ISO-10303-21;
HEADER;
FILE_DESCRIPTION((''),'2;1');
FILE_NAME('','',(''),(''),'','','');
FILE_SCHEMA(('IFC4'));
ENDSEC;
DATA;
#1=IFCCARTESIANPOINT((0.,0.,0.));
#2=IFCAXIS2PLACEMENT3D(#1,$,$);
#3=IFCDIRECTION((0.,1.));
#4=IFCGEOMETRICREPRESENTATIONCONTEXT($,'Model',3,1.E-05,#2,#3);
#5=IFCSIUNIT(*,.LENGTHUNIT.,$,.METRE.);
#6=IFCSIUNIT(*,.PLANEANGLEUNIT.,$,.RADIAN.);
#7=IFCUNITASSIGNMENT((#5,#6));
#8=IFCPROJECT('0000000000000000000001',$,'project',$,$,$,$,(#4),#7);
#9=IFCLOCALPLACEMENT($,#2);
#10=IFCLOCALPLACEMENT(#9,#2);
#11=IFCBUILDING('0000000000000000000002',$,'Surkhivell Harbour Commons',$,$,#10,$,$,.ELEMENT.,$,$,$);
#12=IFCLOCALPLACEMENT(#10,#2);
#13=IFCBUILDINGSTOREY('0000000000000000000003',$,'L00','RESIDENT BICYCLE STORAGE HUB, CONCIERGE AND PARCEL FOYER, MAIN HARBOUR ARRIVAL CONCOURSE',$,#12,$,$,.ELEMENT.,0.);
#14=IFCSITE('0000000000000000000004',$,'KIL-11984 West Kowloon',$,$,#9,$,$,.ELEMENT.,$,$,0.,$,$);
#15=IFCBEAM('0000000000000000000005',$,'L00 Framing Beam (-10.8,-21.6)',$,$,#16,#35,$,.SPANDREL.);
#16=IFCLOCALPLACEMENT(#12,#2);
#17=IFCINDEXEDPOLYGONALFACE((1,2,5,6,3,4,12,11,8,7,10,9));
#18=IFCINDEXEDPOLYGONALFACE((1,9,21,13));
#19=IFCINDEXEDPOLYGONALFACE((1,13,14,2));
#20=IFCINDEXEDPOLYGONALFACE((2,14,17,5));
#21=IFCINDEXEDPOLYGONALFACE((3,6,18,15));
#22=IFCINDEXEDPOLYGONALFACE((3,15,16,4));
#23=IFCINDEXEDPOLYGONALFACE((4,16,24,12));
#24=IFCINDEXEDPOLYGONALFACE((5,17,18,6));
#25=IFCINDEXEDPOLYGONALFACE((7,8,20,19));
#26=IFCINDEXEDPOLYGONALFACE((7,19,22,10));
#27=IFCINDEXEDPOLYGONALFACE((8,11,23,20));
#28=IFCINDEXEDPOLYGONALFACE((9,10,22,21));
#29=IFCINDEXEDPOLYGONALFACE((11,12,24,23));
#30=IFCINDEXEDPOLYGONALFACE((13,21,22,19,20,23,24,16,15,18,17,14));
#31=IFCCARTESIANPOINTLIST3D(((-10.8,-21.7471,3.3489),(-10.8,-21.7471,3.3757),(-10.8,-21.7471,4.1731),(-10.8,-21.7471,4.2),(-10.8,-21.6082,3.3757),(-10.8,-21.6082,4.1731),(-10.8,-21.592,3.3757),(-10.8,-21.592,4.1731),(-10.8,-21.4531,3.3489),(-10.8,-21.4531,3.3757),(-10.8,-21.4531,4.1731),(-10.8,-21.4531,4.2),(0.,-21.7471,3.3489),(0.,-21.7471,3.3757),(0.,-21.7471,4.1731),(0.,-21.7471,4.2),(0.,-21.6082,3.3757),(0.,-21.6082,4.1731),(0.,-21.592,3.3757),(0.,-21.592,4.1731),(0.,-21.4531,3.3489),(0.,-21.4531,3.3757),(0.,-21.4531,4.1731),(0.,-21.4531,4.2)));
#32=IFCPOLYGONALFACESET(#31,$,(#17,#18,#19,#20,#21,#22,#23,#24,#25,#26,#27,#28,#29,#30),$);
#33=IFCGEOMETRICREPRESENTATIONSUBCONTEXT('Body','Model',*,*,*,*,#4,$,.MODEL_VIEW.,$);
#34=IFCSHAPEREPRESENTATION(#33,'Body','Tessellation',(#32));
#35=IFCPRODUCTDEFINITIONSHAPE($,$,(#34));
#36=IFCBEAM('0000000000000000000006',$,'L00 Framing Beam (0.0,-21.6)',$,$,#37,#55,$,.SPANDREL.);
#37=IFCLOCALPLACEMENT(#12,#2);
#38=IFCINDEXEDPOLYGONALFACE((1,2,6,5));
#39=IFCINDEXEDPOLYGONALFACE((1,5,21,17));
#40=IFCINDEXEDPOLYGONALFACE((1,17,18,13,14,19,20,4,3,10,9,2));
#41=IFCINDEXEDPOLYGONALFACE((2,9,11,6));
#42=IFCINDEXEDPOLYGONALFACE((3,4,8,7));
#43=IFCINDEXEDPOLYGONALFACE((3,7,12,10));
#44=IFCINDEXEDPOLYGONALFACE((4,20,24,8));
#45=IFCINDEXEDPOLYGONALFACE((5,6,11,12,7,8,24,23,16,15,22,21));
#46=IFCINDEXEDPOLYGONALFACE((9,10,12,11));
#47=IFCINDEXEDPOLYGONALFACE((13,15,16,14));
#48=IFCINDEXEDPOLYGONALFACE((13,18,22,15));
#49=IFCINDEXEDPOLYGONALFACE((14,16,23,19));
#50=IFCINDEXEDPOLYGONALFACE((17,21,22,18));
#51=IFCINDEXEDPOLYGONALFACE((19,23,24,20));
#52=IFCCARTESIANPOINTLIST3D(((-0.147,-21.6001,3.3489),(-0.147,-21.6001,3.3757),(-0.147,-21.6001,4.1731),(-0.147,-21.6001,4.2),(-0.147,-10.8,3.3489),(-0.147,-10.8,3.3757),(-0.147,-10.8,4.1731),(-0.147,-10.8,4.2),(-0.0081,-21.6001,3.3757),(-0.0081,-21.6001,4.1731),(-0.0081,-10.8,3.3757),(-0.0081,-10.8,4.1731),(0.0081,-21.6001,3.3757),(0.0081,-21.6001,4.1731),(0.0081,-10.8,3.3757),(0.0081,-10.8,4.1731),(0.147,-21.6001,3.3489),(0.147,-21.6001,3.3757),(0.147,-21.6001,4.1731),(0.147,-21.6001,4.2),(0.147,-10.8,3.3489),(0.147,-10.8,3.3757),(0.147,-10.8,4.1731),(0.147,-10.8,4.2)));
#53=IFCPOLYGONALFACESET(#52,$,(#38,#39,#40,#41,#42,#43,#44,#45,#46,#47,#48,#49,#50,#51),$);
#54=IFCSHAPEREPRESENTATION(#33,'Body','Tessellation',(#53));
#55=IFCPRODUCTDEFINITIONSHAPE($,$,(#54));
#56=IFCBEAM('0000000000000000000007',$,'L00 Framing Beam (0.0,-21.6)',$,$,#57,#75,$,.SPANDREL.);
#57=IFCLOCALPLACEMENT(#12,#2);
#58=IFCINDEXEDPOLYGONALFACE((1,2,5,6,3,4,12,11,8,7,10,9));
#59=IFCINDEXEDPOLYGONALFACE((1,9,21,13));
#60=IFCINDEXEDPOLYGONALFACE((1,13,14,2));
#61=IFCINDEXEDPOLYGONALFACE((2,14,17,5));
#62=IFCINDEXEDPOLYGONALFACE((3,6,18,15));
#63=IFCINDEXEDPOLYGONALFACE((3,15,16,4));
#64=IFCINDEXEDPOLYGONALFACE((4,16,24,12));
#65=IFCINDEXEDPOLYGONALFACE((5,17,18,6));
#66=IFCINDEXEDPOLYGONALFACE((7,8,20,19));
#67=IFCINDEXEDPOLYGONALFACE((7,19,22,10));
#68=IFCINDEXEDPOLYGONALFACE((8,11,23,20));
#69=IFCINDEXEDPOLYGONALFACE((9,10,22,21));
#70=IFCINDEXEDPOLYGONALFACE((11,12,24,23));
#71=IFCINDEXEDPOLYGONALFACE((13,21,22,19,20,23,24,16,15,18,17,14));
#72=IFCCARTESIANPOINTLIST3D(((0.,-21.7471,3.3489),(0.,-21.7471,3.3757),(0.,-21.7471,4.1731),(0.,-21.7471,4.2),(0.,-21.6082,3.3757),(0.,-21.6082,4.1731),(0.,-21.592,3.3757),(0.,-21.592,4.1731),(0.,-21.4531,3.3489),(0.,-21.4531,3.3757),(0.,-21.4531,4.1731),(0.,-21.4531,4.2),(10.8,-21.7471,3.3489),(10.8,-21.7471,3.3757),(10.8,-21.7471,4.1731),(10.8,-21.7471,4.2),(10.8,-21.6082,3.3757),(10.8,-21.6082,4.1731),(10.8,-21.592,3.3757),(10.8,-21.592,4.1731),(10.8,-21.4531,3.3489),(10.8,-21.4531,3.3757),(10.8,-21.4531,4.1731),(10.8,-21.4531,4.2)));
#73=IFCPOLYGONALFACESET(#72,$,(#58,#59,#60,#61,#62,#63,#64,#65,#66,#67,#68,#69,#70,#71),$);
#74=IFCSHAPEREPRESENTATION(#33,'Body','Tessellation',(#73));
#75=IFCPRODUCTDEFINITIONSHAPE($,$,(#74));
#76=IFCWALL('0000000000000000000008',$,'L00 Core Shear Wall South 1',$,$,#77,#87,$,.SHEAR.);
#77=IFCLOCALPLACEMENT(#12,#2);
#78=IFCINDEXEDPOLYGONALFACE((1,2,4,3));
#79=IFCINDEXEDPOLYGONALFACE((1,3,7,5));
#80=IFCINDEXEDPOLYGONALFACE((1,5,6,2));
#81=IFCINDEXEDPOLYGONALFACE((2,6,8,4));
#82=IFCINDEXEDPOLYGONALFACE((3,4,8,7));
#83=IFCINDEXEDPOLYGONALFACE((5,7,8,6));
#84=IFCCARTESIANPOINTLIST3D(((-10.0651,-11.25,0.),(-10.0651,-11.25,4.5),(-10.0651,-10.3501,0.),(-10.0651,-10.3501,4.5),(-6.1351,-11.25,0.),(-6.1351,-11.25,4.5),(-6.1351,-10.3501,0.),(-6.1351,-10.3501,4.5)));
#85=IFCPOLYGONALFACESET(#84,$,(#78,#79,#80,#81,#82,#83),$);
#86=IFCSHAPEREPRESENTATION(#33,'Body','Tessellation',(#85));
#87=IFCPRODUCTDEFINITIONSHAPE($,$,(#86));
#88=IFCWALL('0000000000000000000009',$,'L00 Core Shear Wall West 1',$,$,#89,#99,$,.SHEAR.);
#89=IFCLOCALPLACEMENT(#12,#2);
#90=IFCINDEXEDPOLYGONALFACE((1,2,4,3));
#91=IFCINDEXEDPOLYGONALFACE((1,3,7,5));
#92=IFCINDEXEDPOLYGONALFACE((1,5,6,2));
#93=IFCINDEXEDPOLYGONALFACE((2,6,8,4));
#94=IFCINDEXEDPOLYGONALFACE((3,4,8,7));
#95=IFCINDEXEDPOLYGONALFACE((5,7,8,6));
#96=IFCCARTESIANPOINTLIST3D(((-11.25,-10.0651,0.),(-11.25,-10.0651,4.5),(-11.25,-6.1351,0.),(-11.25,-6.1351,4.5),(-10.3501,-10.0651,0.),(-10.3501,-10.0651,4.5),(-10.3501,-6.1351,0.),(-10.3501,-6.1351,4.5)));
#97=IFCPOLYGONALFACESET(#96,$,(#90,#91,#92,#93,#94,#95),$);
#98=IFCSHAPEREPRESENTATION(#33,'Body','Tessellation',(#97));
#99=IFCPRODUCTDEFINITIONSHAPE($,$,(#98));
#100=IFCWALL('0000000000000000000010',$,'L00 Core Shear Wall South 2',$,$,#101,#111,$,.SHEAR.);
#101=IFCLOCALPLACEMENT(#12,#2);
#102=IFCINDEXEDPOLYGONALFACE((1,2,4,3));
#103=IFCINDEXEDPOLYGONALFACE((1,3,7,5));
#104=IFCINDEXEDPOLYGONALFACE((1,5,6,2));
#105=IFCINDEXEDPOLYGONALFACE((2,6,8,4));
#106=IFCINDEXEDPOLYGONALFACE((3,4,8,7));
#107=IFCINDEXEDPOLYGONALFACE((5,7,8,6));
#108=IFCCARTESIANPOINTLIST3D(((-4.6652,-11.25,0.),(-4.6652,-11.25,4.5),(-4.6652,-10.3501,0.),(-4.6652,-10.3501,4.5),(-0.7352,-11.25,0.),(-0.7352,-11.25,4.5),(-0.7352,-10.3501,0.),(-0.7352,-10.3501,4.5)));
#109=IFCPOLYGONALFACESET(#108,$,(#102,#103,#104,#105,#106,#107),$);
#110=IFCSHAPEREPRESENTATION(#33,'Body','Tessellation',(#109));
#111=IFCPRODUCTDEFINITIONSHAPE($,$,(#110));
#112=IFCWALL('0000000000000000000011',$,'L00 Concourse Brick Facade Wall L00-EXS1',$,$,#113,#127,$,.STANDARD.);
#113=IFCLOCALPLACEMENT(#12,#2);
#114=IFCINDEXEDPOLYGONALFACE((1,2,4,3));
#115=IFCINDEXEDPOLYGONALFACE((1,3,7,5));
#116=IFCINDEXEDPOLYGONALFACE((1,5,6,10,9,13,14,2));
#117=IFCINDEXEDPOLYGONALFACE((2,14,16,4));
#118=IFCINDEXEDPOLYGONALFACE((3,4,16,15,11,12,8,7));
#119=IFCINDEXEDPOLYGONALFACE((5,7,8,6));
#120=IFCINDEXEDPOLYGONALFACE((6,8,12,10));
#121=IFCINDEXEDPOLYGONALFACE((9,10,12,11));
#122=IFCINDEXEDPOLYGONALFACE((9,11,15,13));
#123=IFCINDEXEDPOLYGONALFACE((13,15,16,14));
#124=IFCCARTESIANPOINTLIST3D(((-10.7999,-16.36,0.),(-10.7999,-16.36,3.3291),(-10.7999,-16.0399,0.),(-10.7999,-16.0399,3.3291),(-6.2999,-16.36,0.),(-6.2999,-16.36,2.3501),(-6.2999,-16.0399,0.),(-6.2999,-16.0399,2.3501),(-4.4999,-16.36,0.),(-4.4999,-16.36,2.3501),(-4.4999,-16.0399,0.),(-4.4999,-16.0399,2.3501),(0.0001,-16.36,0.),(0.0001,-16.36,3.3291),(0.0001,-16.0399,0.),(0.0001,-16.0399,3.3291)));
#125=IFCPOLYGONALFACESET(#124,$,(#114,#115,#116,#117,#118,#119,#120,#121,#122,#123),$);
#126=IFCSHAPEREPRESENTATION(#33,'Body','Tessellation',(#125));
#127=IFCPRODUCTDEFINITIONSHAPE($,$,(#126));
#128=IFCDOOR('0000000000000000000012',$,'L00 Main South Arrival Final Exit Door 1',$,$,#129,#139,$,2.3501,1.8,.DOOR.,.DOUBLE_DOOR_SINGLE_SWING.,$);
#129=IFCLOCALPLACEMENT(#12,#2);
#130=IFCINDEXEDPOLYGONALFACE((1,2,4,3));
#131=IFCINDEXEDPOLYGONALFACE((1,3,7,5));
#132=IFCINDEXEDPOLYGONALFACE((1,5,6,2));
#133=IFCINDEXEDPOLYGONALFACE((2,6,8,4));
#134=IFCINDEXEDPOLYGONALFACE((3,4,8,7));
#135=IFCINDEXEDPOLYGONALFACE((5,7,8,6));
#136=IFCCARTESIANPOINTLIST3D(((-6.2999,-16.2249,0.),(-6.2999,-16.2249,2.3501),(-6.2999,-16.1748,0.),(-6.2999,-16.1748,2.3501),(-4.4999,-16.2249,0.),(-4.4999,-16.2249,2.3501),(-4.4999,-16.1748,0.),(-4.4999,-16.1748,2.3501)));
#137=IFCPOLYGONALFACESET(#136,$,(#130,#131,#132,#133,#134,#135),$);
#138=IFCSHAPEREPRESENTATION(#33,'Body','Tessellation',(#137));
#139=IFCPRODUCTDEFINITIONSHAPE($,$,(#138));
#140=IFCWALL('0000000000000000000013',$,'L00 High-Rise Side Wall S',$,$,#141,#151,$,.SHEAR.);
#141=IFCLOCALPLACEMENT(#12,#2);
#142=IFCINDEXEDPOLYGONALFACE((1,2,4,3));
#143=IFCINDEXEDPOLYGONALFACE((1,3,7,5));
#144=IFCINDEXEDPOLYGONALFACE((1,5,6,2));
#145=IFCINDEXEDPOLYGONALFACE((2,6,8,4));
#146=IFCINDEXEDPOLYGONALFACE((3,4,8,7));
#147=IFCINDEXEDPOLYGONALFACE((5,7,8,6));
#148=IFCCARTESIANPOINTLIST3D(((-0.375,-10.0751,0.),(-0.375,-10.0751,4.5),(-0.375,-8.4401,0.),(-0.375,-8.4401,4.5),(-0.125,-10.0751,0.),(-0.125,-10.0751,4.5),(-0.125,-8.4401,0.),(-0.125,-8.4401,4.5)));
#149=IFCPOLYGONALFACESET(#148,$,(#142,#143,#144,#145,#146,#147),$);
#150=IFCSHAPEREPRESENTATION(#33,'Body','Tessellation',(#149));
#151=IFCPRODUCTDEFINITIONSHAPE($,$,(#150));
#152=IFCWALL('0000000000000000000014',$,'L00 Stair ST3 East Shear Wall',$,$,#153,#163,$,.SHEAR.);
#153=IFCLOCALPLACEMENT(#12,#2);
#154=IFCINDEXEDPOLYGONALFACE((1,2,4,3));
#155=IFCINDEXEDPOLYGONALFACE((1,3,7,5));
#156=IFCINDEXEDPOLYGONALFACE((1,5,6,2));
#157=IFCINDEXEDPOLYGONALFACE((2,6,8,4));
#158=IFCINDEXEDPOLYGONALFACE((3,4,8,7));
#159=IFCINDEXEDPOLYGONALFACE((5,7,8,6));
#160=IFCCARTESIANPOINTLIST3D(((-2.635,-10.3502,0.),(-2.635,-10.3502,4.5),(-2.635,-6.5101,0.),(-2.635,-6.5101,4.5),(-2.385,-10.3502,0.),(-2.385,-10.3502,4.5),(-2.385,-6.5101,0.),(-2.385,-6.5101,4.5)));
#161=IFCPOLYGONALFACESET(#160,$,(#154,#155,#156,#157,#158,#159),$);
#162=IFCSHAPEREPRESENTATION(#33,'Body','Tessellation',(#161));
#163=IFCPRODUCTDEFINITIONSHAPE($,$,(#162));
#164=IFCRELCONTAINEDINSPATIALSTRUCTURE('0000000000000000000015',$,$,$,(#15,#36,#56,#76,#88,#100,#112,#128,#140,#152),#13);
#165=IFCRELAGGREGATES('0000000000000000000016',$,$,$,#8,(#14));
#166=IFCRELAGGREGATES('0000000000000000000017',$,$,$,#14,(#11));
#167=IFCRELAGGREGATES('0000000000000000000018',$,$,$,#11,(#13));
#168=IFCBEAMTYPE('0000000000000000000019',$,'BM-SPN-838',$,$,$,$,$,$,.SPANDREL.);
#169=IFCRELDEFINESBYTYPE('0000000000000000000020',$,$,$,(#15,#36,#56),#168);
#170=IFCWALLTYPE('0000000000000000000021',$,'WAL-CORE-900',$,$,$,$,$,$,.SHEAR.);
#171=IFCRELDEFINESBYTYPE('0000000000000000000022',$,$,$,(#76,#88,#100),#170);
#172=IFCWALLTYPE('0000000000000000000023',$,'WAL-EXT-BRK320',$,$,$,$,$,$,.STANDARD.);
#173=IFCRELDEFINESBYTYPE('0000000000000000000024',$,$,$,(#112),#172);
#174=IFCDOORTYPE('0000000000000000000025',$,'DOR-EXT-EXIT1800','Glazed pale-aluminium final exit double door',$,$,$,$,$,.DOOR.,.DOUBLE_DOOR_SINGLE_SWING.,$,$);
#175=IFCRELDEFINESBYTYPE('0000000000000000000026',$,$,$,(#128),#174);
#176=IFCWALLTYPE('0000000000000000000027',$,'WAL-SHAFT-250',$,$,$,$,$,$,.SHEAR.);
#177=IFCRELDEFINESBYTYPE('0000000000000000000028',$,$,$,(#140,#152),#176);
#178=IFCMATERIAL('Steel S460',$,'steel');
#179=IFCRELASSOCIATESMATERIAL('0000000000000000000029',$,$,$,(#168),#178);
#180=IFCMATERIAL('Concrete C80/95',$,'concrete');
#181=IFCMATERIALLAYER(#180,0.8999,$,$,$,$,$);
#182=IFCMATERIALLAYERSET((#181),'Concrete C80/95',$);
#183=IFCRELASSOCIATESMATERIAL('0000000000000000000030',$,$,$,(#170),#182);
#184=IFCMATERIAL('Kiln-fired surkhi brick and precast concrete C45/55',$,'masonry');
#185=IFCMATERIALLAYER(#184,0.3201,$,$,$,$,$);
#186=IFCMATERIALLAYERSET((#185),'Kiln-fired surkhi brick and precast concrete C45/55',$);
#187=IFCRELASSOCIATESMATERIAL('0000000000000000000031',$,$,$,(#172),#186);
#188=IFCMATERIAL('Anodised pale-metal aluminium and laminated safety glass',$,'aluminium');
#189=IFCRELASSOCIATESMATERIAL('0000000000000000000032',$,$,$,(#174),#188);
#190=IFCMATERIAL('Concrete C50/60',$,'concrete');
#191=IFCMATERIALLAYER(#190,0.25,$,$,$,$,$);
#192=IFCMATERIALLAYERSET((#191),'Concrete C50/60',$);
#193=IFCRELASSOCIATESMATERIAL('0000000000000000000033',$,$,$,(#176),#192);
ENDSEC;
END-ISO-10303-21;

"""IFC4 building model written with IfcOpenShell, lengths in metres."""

from ifc_helpers import new_model, si_unit, direction, frame, frame_2d, origin, origin_2d, place, context, subcontext, project, spatial, rectangle, i_section, extrude, material, layer, layer_set, material_profile, profile_set, type_object, element, fill, save


model = new_model("IFC4")

# Units and contexts
model_context = context("Model", 3, precision=1e-05, world=origin(), true_north=direction((0.0, 1.0)))
body_context = subcontext(model_context, "Body", "Model", "MODEL_VIEW")
ifc_project = project(units=[si_unit("LENGTHUNIT", "METRE"), si_unit("PLANEANGLEUNIT", "RADIAN")], contexts=[model_context])

# Site, building, storey
site_placement = place(None, origin())
site = spatial("IfcSite", under=ifc_project, at=site_placement, Name="KIL-11984 West Kowloon", CompositionType="ELEMENT", RefElevation=0.0)
building_placement = place(site_placement, origin())
building = spatial("IfcBuilding", under=site, at=building_placement, Name="Surkhivell Harbour Commons", CompositionType="ELEMENT")
storey_placement = place(building_placement, origin())
storey = spatial("IfcBuildingStorey", under=building, at=storey_placement, Name="L00", Description="RESIDENT BICYCLE STORAGE HUB, CONCIERGE AND PARCEL FOYER, MAIN HARBOUR ARRIVAL CONCOURSE", CompositionType="ELEMENT", Elevation=0.0)

# Shared definitions
ifc_material_1 = material(Name="Concrete C80/95", Category="concrete")

# Beams
ifc_material_2 = material(Name="Steel S460", Category="steel")
ifc_material_profile_1 = material_profile(ifc_material_2, i_section(OverallWidth=0.2939, OverallDepth=0.8511, WebThickness=0.0161, FlangeThickness=0.0269, at=origin_2d()), Name="UB838x292x226")
ifc_profile_set_1 = profile_set([ifc_material_profile_1], Name="Steel S460")
beam_type = type_object("IfcBeamType", Name="BM-SPN-838", PredefinedType="SPANDREL", material=ifc_profile_set_1)
for number, where, z_axis, x_axis, name in (
    (1, (-10.8, -21.6001, 3.7744), (1.0, 0.0, 0.0), (0.0, 1.0, 0.0), "L00 Framing Beam (-10.8,-21.6)"),
    (2, (0.0, -21.6001, 3.7744), (0.0, 1.0, 0.0), (-1.0, 0.0, 0.0), "L00 Framing Beam (0.0,-21.6)"),
    (3, (0.0, -21.6001, 3.7744), (1.0, 0.0, 0.0), (0.0, 1.0, 0.0), "L00 Framing Beam (0.0,-21.6)"),
):
    element("IfcBeam", number, at=place(storey_placement, frame(where, z_axis=z_axis, x_axis=x_axis)), inside=storey, type_object=beam_type, Name=name, PredefinedType="SPANDREL", context=body_context, shape_type="SweptSolid", body=[
        extrude(i_section(OverallWidth=0.2939, OverallDepth=0.8511, WebThickness=0.0161, FlangeThickness=0.0269, at=origin_2d()), origin(), (0.0, 0.0, 1.0), 10.8),
    ])

# Walls
ifc_layer_1 = layer(ifc_material_1, 0.8999)
ifc_layer_set_1 = layer_set([ifc_layer_1], Name="Concrete C80/95")
wall_type_1 = type_object("IfcWallType", Name="WAL-CORE-900", PredefinedType="SHEAR", material=ifc_layer_set_1)
for number, where, z_axis, x_axis, name in (
    (4, (-10.0649, -10.8, 0.0), (0.0, 0.0, 1.0), (1.0, 0.0, 0.0), "L00 Core Shear Wall South 1"),
    (5, (-10.8, -10.0649, 0.0), (0.0, 0.0, 1.0), (0.0, 1.0, 0.0), "L00 Core Shear Wall West 1"),
    (6, (-4.665, -10.8, 0.0), (0.0, 0.0, 1.0), (1.0, 0.0, 0.0), "L00 Core Shear Wall South 2"),
):
    element("IfcWall", number, at=place(storey_placement, frame(where, z_axis=z_axis, x_axis=x_axis)), inside=storey, type_object=wall_type_1, Name=name, PredefinedType="SHEAR", context=body_context, shape_type="SweptSolid", body=[
        extrude(rectangle(XDim=3.9299, YDim=0.8999, at=frame_2d((1.9648, 0.0))), origin(), (0.0, 0.0, 1.0), 4.5),
    ])

# Wall, opening, door
ifc_material_3 = material(Name="Kiln-fired surkhi brick and precast concrete C45/55", Category="masonry")
ifc_layer_2 = layer(ifc_material_3, 0.3201)
ifc_layer_set_2 = layer_set([ifc_layer_2], Name="Kiln-fired surkhi brick and precast concrete C45/55")
wall_type_2 = type_object("IfcWallType", Name="WAL-EXT-BRK320", PredefinedType="STANDARD", material=ifc_layer_set_2)
wall_1_placement = place(storey_placement, frame((0.0, -16.2, 0.0), z_axis=(0.0, 0.0, 1.0), x_axis=(-1.0, 0.0, 0.0)))
wall_1 = element("IfcWall", 7, at=wall_1_placement, inside=storey, type_object=wall_type_2, Name="L00 Concourse Brick Facade Wall L00-EXS1", PredefinedType="STANDARD", context=body_context, shape_type="SweptSolid", body=[
    extrude(rectangle(XDim=10.8, YDim=0.3201, at=frame_2d((5.3999, 0.0))), origin(), (0.0, 0.0, 1.0), 3.3291),
])
opening_placement = place(wall_1_placement, frame((4.5, 0.0, 0.0)))
opening = element("IfcOpeningElement", 8, at=opening_placement, cuts=wall_1, PredefinedType="OPENING", context=body_context, shape_type="SweptSolid", body=[
    extrude(rectangle(XDim=1.8, YDim=2.3501, at=frame_2d((0.8999, 1.175))), frame((0.0, 0.1699, 0.0), z_axis=(0.0, -1.0, 0.0), x_axis=(1.0, 0.0, 0.0)), (0.0, 0.0, 1.0), 0.3401),
])
ifc_material_4 = material(Name="Anodised pale-metal aluminium and laminated safety glass", Category="aluminium")
door_type = type_object("IfcDoorType", Name="DOR-EXT-EXIT1800", Description="Glazed pale-aluminium final exit double door", OperationType="DOUBLE_DOOR_SINGLE_SWING", PredefinedType="DOOR", material=ifc_material_4)
door_placement = place(opening_placement, origin())
door = element("IfcDoor", 9, at=door_placement, inside=storey, type_object=door_type, Name="L00 Main South Arrival Final Exit Door 1", OperationType="DOUBLE_DOOR_SINGLE_SWING", OverallHeight=2.3501, OverallWidth=1.8, PredefinedType="DOOR", context=body_context, shape_type="SweptSolid", body=[
    extrude(rectangle(XDim=1.8, YDim=2.3501, at=frame_2d((0.8999, 1.175))), frame((0.0, 0.0249, 0.0), z_axis=(0.0, -1.0, 0.0), x_axis=(1.0, 0.0, 0.0)), (0.0, 0.0, 1.0), 0.05),
])
fill(opening, door)

# Walls
ifc_material_5 = material(Name="Concrete C50/60", Category="concrete")
ifc_layer_3 = layer(ifc_material_5, 0.25)
ifc_layer_set_3 = layer_set([ifc_layer_3], Name="Concrete C50/60")
wall_type_3 = type_object("IfcWallType", Name="WAL-SHAFT-250", PredefinedType="SHEAR", material=ifc_layer_set_3)
wall_2_placement = place(storey_placement, frame((-0.25, -10.075, 0.0), z_axis=(0.0, 0.0, 1.0), x_axis=(0.0, 1.0, 0.0)))
element("IfcWall", 10, at=wall_2_placement, inside=storey, type_object=wall_type_3, Name="L00 High-Rise Side Wall S", PredefinedType="SHEAR", context=body_context, shape_type="SweptSolid", body=[
    extrude(rectangle(XDim=1.635, YDim=0.25, at=frame_2d((0.8174, 0.0))), origin(), (0.0, 0.0, 1.0), 4.5),
])
wall_3_placement = place(storey_placement, frame((-2.51, -10.3501, 0.0), z_axis=(0.0, 0.0, 1.0), x_axis=(0.0, 1.0, 0.0)))
element("IfcWall", 11, at=wall_3_placement, inside=storey, type_object=wall_type_3, Name="L00 Stair ST3 East Shear Wall", PredefinedType="SHEAR", context=body_context, shape_type="SweptSolid", body=[
    extrude(rectangle(XDim=3.8401, YDim=0.25, at=frame_2d((1.9199, 0.0))), origin(), (0.0, 0.0, 1.0), 4.5),
])

save(model, "model.ifc")
